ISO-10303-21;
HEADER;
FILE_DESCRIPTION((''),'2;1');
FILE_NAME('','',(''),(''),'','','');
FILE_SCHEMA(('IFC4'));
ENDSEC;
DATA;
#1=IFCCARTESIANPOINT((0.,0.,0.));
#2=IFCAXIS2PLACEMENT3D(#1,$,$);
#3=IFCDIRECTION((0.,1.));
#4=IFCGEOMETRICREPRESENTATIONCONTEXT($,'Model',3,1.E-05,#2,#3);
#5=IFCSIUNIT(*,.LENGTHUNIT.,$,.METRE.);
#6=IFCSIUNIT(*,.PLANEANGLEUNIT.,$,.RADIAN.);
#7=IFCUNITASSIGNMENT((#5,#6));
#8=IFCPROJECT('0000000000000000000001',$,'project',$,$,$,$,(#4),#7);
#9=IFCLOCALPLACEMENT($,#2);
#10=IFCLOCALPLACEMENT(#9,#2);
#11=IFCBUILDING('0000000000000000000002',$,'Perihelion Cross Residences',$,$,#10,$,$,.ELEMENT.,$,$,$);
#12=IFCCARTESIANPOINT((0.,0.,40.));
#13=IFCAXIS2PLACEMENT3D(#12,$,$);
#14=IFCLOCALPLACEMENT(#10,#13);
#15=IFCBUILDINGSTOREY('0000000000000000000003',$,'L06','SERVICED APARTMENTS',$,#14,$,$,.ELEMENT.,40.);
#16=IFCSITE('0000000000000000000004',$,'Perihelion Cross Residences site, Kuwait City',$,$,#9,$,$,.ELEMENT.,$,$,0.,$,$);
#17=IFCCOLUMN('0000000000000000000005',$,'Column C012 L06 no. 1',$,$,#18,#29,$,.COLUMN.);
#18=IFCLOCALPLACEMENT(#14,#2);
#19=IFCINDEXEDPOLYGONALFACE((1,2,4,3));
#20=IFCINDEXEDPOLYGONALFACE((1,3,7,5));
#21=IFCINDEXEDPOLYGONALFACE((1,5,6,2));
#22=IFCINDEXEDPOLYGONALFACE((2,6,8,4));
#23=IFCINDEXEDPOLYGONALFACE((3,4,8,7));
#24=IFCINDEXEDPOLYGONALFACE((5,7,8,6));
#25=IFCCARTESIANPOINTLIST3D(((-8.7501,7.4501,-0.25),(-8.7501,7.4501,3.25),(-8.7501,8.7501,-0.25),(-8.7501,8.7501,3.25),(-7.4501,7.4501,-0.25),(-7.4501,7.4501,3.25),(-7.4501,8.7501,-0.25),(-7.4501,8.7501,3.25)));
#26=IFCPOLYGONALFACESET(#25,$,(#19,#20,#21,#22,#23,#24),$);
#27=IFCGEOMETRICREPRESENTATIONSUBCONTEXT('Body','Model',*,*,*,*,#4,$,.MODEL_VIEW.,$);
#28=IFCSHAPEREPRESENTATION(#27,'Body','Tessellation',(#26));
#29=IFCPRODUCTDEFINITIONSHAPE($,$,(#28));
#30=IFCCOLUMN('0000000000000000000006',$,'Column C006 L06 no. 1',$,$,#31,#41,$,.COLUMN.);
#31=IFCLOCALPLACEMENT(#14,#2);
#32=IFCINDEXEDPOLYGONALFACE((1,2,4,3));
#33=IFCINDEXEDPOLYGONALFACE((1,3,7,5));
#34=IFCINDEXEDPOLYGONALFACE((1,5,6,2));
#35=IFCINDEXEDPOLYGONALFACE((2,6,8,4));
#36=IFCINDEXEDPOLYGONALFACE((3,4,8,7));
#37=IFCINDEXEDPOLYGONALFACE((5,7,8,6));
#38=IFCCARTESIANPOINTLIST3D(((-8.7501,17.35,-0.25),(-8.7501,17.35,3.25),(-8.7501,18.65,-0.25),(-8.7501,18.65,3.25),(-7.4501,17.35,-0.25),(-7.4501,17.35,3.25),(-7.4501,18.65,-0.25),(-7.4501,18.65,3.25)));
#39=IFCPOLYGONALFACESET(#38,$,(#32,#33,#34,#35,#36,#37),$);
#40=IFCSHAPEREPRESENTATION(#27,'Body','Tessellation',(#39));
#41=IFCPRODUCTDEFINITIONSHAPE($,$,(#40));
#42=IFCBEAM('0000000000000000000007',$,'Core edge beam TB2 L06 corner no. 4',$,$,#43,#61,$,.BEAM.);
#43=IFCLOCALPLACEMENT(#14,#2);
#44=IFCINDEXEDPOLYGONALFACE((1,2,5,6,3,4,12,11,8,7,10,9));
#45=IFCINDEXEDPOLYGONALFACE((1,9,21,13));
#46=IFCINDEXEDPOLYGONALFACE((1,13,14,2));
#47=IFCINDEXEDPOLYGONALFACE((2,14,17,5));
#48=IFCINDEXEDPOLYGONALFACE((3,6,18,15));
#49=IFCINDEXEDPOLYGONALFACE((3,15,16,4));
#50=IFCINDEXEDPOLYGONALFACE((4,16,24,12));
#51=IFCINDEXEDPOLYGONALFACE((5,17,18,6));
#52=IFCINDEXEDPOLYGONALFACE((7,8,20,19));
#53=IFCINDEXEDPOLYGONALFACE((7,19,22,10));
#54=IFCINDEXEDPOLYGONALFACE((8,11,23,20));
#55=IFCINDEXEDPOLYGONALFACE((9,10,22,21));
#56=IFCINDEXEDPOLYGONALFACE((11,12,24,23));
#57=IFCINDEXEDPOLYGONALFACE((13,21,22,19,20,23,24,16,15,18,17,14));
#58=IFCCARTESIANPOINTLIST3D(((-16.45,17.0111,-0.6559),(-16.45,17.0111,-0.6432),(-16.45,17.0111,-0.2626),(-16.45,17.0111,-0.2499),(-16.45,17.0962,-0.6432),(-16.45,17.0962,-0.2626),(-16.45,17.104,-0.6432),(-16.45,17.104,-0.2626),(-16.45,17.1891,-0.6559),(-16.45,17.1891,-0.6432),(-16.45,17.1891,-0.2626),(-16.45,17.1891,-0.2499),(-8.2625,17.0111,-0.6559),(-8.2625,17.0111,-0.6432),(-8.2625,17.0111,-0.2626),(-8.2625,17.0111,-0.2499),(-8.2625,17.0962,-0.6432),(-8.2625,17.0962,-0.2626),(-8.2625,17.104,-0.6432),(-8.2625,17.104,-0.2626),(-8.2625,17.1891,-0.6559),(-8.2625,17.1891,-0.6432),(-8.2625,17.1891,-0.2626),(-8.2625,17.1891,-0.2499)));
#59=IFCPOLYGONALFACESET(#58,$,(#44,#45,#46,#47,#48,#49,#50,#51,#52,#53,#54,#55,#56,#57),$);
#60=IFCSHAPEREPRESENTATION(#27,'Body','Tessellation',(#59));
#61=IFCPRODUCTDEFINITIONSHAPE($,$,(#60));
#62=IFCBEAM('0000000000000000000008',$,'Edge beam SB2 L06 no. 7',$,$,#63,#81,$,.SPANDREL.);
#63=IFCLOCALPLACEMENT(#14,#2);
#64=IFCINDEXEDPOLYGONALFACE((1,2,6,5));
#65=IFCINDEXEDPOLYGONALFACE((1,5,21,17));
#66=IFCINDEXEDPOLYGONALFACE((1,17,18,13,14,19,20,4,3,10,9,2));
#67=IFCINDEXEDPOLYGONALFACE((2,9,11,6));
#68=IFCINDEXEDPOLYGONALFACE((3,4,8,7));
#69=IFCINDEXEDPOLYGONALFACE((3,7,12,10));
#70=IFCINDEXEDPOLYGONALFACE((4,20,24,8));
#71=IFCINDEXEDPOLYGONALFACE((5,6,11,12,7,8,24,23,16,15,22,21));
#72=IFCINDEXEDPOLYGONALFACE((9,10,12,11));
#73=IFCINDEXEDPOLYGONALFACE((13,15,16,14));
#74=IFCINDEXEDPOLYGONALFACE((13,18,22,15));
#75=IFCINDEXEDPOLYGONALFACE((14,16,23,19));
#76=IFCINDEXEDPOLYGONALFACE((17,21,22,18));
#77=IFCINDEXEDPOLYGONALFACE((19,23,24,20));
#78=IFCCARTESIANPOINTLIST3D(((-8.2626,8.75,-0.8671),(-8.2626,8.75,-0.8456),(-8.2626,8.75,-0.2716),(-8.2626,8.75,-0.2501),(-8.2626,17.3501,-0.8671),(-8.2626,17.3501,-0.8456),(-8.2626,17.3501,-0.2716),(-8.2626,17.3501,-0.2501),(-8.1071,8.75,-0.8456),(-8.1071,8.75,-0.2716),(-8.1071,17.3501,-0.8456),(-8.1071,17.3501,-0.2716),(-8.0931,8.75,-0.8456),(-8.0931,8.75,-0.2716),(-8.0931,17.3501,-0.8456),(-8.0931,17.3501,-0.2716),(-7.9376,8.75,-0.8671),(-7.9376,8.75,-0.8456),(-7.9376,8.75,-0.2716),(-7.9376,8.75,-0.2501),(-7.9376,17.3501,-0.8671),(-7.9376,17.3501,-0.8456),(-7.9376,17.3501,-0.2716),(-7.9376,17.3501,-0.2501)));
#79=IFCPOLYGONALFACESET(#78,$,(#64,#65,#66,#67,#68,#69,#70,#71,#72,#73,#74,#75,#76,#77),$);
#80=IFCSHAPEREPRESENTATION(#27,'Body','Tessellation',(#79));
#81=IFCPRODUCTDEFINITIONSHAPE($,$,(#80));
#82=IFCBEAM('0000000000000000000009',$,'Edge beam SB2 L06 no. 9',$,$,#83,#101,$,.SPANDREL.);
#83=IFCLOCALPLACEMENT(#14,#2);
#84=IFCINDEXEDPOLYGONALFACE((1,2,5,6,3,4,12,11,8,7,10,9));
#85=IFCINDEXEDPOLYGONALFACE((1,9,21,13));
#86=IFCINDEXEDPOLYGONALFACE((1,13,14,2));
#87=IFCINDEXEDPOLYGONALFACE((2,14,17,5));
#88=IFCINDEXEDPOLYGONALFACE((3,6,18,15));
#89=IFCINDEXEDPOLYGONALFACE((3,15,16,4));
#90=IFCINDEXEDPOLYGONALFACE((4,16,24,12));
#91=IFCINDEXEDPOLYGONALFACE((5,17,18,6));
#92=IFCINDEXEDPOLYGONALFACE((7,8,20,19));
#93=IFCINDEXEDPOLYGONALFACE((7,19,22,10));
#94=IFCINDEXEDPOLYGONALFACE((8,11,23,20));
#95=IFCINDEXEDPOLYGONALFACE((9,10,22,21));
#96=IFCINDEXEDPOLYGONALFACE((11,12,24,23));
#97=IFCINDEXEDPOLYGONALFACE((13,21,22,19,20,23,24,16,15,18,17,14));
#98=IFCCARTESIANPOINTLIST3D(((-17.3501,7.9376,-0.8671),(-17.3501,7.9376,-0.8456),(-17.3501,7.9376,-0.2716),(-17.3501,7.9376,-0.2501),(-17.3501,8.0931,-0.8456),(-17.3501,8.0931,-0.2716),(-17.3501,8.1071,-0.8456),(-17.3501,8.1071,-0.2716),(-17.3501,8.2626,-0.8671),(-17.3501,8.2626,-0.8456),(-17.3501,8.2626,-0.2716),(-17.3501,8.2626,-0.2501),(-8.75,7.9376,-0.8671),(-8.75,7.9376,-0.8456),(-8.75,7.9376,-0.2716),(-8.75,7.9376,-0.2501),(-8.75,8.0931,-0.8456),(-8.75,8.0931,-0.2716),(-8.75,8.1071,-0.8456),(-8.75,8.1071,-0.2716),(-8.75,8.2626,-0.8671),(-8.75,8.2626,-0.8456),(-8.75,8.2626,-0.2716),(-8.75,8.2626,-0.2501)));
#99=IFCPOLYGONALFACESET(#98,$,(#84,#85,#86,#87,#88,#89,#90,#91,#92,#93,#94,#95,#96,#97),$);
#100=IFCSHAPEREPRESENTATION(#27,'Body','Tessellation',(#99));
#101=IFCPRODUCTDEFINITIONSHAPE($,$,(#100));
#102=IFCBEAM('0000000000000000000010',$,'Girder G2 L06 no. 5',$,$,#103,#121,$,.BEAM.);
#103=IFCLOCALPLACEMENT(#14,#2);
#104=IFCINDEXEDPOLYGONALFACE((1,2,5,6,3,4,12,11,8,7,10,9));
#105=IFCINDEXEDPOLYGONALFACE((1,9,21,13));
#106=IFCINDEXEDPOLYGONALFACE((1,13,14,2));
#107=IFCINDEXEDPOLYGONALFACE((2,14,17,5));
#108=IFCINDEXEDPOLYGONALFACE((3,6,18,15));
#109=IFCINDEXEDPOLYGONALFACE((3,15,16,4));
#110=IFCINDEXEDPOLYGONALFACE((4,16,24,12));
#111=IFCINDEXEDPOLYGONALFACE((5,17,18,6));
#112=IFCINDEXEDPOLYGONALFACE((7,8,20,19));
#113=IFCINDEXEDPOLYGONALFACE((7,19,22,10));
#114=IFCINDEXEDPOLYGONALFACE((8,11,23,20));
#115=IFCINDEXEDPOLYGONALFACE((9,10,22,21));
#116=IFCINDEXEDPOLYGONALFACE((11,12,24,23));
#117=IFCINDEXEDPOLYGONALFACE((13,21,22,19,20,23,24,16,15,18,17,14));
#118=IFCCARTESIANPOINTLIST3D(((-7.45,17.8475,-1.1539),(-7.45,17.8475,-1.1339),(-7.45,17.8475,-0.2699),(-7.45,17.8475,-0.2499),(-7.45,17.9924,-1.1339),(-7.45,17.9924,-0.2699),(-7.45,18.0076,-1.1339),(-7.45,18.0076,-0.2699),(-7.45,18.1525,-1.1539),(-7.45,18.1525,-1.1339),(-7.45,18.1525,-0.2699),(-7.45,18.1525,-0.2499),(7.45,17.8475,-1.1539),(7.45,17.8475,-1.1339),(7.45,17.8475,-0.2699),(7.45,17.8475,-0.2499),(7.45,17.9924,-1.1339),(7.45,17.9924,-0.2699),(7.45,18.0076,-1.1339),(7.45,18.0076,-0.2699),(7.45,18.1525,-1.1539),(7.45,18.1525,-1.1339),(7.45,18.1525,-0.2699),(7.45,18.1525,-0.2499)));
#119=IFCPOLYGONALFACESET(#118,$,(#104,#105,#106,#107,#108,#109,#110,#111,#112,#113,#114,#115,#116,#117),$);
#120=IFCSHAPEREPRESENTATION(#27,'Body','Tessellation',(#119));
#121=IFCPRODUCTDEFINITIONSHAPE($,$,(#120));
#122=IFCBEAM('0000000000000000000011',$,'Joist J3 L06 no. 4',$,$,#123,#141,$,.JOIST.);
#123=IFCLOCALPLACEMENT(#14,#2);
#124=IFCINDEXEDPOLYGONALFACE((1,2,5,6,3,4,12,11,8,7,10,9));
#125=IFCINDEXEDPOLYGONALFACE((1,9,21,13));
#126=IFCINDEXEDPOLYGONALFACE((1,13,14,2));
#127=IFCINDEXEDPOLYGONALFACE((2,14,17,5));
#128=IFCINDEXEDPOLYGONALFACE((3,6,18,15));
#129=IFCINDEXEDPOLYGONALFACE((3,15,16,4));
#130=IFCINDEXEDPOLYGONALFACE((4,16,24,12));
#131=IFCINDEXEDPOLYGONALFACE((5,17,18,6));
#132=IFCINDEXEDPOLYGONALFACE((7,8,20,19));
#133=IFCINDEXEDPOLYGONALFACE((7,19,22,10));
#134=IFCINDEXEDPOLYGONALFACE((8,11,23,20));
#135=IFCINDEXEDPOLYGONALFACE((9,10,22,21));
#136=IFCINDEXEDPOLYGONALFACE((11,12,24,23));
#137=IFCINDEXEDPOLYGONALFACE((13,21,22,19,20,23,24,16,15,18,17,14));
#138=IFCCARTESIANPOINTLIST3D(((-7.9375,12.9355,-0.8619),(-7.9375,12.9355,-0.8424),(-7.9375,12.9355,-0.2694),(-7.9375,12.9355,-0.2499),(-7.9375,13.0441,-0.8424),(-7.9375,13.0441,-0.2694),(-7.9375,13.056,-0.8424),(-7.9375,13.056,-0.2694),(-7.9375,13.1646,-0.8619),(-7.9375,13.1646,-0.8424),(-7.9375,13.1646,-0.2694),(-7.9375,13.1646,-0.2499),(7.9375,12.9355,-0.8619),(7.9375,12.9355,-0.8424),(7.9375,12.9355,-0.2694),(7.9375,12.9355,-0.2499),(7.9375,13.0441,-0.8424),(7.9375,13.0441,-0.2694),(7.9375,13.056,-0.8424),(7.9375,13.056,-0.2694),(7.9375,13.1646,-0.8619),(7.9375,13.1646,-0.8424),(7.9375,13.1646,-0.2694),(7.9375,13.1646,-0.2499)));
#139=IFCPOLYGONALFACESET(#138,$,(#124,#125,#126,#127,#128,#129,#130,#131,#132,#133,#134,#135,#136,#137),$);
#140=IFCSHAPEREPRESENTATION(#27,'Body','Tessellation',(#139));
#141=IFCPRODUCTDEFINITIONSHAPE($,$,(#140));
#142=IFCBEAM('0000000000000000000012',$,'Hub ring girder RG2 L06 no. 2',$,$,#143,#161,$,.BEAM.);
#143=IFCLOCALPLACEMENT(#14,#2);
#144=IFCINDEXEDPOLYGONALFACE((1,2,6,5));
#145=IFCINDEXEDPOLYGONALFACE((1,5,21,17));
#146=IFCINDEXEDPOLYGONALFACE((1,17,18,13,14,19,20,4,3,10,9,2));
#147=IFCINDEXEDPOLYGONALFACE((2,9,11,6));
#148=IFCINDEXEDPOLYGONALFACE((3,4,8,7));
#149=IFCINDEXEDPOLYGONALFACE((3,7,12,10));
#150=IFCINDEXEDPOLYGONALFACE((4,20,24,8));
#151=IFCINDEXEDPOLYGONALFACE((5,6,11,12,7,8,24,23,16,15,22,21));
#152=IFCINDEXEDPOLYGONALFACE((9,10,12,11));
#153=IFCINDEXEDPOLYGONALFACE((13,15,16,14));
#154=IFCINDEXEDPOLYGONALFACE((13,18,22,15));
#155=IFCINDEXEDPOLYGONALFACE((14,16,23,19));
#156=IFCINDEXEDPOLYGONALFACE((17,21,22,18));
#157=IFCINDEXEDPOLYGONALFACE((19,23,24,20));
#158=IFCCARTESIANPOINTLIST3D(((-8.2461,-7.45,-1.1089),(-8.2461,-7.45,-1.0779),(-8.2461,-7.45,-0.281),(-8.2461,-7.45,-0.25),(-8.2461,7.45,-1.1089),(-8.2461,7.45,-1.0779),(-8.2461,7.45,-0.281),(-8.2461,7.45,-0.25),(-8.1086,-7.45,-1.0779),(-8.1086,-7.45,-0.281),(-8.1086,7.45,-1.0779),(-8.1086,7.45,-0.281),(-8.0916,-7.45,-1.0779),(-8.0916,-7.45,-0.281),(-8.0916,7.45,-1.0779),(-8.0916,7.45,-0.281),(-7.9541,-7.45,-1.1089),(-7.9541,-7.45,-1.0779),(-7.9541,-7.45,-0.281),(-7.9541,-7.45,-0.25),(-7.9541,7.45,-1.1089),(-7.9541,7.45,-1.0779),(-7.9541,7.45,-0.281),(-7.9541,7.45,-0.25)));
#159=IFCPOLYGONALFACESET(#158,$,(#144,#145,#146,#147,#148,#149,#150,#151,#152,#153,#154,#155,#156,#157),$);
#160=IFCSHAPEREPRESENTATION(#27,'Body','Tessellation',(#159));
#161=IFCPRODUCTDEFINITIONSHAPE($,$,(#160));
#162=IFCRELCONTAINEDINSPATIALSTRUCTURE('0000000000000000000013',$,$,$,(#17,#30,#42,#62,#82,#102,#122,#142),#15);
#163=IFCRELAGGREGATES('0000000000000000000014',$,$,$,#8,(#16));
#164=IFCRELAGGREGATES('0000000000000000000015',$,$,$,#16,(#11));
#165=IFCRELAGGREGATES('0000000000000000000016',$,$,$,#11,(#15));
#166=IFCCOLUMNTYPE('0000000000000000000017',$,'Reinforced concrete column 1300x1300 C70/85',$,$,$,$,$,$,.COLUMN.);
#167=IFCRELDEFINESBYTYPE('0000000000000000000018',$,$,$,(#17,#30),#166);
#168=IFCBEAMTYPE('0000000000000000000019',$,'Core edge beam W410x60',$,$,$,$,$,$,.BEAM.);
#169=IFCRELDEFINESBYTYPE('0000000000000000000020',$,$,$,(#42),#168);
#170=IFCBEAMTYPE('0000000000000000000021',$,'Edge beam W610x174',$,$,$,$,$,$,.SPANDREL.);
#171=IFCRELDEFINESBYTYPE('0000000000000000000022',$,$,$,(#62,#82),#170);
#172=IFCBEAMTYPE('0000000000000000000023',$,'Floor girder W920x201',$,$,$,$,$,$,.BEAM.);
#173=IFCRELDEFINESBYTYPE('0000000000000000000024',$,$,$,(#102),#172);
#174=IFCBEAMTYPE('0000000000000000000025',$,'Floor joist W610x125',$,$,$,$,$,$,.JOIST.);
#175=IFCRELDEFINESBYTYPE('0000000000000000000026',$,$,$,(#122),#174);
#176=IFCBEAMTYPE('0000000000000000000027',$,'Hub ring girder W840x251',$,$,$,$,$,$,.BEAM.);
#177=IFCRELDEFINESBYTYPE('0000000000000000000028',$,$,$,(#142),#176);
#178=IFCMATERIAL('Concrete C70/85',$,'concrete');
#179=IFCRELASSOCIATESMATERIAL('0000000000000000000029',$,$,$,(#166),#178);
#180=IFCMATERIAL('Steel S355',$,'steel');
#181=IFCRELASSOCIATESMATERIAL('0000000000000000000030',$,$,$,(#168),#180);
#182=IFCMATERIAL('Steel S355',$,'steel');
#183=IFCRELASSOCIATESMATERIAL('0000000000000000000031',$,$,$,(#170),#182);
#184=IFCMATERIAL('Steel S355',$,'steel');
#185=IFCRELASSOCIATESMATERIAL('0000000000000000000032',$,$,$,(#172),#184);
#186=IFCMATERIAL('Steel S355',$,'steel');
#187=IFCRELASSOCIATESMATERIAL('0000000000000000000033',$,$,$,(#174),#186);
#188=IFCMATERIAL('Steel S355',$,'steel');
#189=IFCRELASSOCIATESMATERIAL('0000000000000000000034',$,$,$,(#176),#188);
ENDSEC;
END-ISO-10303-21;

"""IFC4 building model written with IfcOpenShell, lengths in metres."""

from ifc_helpers import new_model, si_unit, direction, frame, origin, origin_2d, place, context, subcontext, project, spatial, rectangle, i_section, extrude, material, material_profile, profile_set, type_object, element, save


model = new_model("IFC4")

# Units and contexts
model_context = context("Model", 3, precision=1e-05, world=origin(), true_north=direction((0.0, 1.0)))
body_context = subcontext(model_context, "Body", "Model", "MODEL_VIEW")
ifc_project = project(units=[si_unit("LENGTHUNIT", "METRE"), si_unit("PLANEANGLEUNIT", "RADIAN")], contexts=[model_context])

# Site, building, storey
site_placement = place(None, origin())
site = spatial("IfcSite", under=ifc_project, at=site_placement, Name="Perihelion Cross Residences site, Kuwait City", CompositionType="ELEMENT", RefElevation=0.0)
building_placement = place(site_placement, origin())
building = spatial("IfcBuilding", under=site, at=building_placement, Name="Perihelion Cross Residences", CompositionType="ELEMENT")
storey_placement = place(building_placement, frame((0.0, 0.0, 40.0)))
storey = spatial("IfcBuildingStorey", under=building, at=storey_placement, Name="L06", Description="SERVICED APARTMENTS", CompositionType="ELEMENT", Elevation=40.0)

# Columns
ifc_material_1 = material(Name="Concrete C70/85", Category="concrete")
ifc_material_profile_1 = material_profile(ifc_material_1, rectangle(XDim=1.3, YDim=1.3, at=origin_2d()), Name="RC 1300x1300")
ifc_profile_set_1 = profile_set([ifc_material_profile_1], Name="Concrete C70/85")
column_type = type_object("IfcColumnType", Name="Reinforced concrete column 1300x1300 C70/85", PredefinedType="COLUMN", material=ifc_profile_set_1)
for number, where, z_axis, x_axis, name in (
    (1, (-8.1001, 8.1001, -0.25), (0.0, 0.0, 1.0), (1.0, 0.0, 0.0), "Column C012 L06 no. 1"),
    (2, (-8.1001, 18.0, -0.25), (0.0, 0.0, 1.0), (1.0, 0.0, 0.0), "Column C006 L06 no. 1"),
):
    element("IfcColumn", number, at=place(storey_placement, frame(where, z_axis=z_axis, x_axis=x_axis)), inside=storey, type_object=column_type, Name=name, PredefinedType="COLUMN", context=body_context, shape_type="SweptSolid", body=[
        extrude(rectangle(XDim=1.3, YDim=1.3, at=origin_2d()), origin(), (0.0, 0.0, 1.0), 3.5),
    ])

# Beams
ifc_material_2 = material(Name="Steel S355", Category="steel")
ifc_material_profile_2 = material_profile(ifc_material_2, i_section(OverallWidth=0.178, OverallDepth=0.406, WebThickness=0.0078, FlangeThickness=0.0127, at=origin_2d()), Name="W410x60")
ifc_profile_set_2 = profile_set([ifc_material_profile_2], Name="Steel S355")
beam_type_1 = type_object("IfcBeamType", Name="Core edge beam W410x60", PredefinedType="BEAM", material=ifc_profile_set_2)
beam_1_placement = place(storey_placement, frame((-8.2625, 17.1001, -0.4529), z_axis=(-1.0, 0.0, 0.0), x_axis=(0.0, -1.0, 0.0)))
element("IfcBeam", 3, at=beam_1_placement, inside=storey, type_object=beam_type_1, Name="Core edge beam TB2 L06 corner no. 4", PredefinedType="BEAM", context=body_context, shape_type="SweptSolid", body=[
    extrude(i_section(OverallWidth=0.178, OverallDepth=0.406, WebThickness=0.0078, FlangeThickness=0.0127, at=origin_2d()), origin(), (0.0, 0.0, 1.0), 8.1875),
])
ifc_material_3 = material(Name="Steel S355", Category="steel")
ifc_material_profile_3 = material_profile(ifc_material_3, i_section(OverallWidth=0.325, OverallDepth=0.6169, WebThickness=0.0139, FlangeThickness=0.0215, at=origin_2d()), Name="W610x174")
ifc_profile_set_3 = profile_set([ifc_material_profile_3], Name="Steel S355")
beam_type_2 = type_object("IfcBeamType", Name="Edge beam W610x174", PredefinedType="SPANDREL", material=ifc_profile_set_3)
for number, where, z_axis, x_axis, name in (
    (4, (-8.1001, 17.3501, -0.5586), (0.0, -1.0, 0.0), (1.0, 0.0, 0.0), "Edge beam SB2 L06 no. 7"),
    (5, (-8.75, 8.1001, -0.5586), (-1.0, 0.0, 0.0), (0.0, -1.0, 0.0), "Edge beam SB2 L06 no. 9"),
):
    element("IfcBeam", number, at=place(storey_placement, frame(where, z_axis=z_axis, x_axis=x_axis)), inside=storey, type_object=beam_type_2, Name=name, PredefinedType="SPANDREL", context=body_context, shape_type="SweptSolid", body=[
        extrude(i_section(OverallWidth=0.325, OverallDepth=0.6169, WebThickness=0.0139, FlangeThickness=0.0215, at=origin_2d()), origin(), (0.0, 0.0, 1.0), 8.6001),
    ])
ifc_material_4 = material(Name="Steel S355", Category="steel")
ifc_material_profile_4 = material_profile(ifc_material_4, i_section(OverallWidth=0.3049, OverallDepth=0.9041, WebThickness=0.0151, FlangeThickness=0.02, at=origin_2d()), Name="W920x201")
ifc_profile_set_4 = profile_set([ifc_material_profile_4], Name="Steel S355")
beam_type_3 = type_object("IfcBeamType", Name="Floor girder W920x201", PredefinedType="BEAM", material=ifc_profile_set_4)
beam_2_placement = place(storey_placement, frame((-7.45, 18.0, -0.7019), z_axis=(1.0, 0.0, 0.0), x_axis=(0.0, 1.0, 0.0)))
element("IfcBeam", 6, at=beam_2_placement, inside=storey, type_object=beam_type_3, Name="Girder G2 L06 no. 5", PredefinedType="BEAM", context=body_context, shape_type="SweptSolid", body=[
    extrude(i_section(OverallWidth=0.3049, OverallDepth=0.9041, WebThickness=0.0151, FlangeThickness=0.02, at=origin_2d()), origin(), (0.0, 0.0, 1.0), 14.8999),
])
ifc_material_5 = material(Name="Steel S355", Category="steel")
ifc_material_profile_5 = material_profile(ifc_material_5, i_section(OverallWidth=0.229, OverallDepth=0.6121, WebThickness=0.012, FlangeThickness=0.0195, at=origin_2d()), Name="W610x125")
ifc_profile_set_5 = profile_set([ifc_material_profile_5], Name="Steel S355")
beam_type_4 = type_object("IfcBeamType", Name="Floor joist W610x125", PredefinedType="JOIST", material=ifc_profile_set_5)
beam_3_placement = place(storey_placement, frame((-7.9375, 13.05, -0.5559), z_axis=(1.0, 0.0, 0.0), x_axis=(0.0, 1.0, 0.0)))
element("IfcBeam", 7, at=beam_3_placement, inside=storey, type_object=beam_type_4, Name="Joist J3 L06 no. 4", PredefinedType="JOIST", context=body_context, shape_type="SweptSolid", body=[
    extrude(i_section(OverallWidth=0.229, OverallDepth=0.6121, WebThickness=0.012, FlangeThickness=0.0195, at=origin_2d()), origin(), (0.0, 0.0, 1.0), 15.875),
])
ifc_material_6 = material(Name="Steel S355", Category="steel")
ifc_material_profile_6 = material_profile(ifc_material_6, i_section(OverallWidth=0.292, OverallDepth=0.8589, WebThickness=0.0171, FlangeThickness=0.031, at=origin_2d()), Name="W840x251")
ifc_profile_set_6 = profile_set([ifc_material_profile_6], Name="Steel S355")
beam_type_5 = type_object("IfcBeamType", Name="Hub ring girder W840x251", PredefinedType="BEAM", material=ifc_profile_set_6)
beam_4_placement = place(storey_placement, frame((-8.1001, 7.45, -0.6794), z_axis=(0.0, -1.0, 0.0), x_axis=(1.0, 0.0, 0.0)))
element("IfcBeam", 8, at=beam_4_placement, inside=storey, type_object=beam_type_5, Name="Hub ring girder RG2 L06 no. 2", PredefinedType="BEAM", context=body_context, shape_type="SweptSolid", body=[
    extrude(i_section(OverallWidth=0.292, OverallDepth=0.8589, WebThickness=0.0171, FlangeThickness=0.031, at=origin_2d()), origin(), (0.0, 0.0, 1.0), 14.8999),
])

save(model, "model.ifc")
